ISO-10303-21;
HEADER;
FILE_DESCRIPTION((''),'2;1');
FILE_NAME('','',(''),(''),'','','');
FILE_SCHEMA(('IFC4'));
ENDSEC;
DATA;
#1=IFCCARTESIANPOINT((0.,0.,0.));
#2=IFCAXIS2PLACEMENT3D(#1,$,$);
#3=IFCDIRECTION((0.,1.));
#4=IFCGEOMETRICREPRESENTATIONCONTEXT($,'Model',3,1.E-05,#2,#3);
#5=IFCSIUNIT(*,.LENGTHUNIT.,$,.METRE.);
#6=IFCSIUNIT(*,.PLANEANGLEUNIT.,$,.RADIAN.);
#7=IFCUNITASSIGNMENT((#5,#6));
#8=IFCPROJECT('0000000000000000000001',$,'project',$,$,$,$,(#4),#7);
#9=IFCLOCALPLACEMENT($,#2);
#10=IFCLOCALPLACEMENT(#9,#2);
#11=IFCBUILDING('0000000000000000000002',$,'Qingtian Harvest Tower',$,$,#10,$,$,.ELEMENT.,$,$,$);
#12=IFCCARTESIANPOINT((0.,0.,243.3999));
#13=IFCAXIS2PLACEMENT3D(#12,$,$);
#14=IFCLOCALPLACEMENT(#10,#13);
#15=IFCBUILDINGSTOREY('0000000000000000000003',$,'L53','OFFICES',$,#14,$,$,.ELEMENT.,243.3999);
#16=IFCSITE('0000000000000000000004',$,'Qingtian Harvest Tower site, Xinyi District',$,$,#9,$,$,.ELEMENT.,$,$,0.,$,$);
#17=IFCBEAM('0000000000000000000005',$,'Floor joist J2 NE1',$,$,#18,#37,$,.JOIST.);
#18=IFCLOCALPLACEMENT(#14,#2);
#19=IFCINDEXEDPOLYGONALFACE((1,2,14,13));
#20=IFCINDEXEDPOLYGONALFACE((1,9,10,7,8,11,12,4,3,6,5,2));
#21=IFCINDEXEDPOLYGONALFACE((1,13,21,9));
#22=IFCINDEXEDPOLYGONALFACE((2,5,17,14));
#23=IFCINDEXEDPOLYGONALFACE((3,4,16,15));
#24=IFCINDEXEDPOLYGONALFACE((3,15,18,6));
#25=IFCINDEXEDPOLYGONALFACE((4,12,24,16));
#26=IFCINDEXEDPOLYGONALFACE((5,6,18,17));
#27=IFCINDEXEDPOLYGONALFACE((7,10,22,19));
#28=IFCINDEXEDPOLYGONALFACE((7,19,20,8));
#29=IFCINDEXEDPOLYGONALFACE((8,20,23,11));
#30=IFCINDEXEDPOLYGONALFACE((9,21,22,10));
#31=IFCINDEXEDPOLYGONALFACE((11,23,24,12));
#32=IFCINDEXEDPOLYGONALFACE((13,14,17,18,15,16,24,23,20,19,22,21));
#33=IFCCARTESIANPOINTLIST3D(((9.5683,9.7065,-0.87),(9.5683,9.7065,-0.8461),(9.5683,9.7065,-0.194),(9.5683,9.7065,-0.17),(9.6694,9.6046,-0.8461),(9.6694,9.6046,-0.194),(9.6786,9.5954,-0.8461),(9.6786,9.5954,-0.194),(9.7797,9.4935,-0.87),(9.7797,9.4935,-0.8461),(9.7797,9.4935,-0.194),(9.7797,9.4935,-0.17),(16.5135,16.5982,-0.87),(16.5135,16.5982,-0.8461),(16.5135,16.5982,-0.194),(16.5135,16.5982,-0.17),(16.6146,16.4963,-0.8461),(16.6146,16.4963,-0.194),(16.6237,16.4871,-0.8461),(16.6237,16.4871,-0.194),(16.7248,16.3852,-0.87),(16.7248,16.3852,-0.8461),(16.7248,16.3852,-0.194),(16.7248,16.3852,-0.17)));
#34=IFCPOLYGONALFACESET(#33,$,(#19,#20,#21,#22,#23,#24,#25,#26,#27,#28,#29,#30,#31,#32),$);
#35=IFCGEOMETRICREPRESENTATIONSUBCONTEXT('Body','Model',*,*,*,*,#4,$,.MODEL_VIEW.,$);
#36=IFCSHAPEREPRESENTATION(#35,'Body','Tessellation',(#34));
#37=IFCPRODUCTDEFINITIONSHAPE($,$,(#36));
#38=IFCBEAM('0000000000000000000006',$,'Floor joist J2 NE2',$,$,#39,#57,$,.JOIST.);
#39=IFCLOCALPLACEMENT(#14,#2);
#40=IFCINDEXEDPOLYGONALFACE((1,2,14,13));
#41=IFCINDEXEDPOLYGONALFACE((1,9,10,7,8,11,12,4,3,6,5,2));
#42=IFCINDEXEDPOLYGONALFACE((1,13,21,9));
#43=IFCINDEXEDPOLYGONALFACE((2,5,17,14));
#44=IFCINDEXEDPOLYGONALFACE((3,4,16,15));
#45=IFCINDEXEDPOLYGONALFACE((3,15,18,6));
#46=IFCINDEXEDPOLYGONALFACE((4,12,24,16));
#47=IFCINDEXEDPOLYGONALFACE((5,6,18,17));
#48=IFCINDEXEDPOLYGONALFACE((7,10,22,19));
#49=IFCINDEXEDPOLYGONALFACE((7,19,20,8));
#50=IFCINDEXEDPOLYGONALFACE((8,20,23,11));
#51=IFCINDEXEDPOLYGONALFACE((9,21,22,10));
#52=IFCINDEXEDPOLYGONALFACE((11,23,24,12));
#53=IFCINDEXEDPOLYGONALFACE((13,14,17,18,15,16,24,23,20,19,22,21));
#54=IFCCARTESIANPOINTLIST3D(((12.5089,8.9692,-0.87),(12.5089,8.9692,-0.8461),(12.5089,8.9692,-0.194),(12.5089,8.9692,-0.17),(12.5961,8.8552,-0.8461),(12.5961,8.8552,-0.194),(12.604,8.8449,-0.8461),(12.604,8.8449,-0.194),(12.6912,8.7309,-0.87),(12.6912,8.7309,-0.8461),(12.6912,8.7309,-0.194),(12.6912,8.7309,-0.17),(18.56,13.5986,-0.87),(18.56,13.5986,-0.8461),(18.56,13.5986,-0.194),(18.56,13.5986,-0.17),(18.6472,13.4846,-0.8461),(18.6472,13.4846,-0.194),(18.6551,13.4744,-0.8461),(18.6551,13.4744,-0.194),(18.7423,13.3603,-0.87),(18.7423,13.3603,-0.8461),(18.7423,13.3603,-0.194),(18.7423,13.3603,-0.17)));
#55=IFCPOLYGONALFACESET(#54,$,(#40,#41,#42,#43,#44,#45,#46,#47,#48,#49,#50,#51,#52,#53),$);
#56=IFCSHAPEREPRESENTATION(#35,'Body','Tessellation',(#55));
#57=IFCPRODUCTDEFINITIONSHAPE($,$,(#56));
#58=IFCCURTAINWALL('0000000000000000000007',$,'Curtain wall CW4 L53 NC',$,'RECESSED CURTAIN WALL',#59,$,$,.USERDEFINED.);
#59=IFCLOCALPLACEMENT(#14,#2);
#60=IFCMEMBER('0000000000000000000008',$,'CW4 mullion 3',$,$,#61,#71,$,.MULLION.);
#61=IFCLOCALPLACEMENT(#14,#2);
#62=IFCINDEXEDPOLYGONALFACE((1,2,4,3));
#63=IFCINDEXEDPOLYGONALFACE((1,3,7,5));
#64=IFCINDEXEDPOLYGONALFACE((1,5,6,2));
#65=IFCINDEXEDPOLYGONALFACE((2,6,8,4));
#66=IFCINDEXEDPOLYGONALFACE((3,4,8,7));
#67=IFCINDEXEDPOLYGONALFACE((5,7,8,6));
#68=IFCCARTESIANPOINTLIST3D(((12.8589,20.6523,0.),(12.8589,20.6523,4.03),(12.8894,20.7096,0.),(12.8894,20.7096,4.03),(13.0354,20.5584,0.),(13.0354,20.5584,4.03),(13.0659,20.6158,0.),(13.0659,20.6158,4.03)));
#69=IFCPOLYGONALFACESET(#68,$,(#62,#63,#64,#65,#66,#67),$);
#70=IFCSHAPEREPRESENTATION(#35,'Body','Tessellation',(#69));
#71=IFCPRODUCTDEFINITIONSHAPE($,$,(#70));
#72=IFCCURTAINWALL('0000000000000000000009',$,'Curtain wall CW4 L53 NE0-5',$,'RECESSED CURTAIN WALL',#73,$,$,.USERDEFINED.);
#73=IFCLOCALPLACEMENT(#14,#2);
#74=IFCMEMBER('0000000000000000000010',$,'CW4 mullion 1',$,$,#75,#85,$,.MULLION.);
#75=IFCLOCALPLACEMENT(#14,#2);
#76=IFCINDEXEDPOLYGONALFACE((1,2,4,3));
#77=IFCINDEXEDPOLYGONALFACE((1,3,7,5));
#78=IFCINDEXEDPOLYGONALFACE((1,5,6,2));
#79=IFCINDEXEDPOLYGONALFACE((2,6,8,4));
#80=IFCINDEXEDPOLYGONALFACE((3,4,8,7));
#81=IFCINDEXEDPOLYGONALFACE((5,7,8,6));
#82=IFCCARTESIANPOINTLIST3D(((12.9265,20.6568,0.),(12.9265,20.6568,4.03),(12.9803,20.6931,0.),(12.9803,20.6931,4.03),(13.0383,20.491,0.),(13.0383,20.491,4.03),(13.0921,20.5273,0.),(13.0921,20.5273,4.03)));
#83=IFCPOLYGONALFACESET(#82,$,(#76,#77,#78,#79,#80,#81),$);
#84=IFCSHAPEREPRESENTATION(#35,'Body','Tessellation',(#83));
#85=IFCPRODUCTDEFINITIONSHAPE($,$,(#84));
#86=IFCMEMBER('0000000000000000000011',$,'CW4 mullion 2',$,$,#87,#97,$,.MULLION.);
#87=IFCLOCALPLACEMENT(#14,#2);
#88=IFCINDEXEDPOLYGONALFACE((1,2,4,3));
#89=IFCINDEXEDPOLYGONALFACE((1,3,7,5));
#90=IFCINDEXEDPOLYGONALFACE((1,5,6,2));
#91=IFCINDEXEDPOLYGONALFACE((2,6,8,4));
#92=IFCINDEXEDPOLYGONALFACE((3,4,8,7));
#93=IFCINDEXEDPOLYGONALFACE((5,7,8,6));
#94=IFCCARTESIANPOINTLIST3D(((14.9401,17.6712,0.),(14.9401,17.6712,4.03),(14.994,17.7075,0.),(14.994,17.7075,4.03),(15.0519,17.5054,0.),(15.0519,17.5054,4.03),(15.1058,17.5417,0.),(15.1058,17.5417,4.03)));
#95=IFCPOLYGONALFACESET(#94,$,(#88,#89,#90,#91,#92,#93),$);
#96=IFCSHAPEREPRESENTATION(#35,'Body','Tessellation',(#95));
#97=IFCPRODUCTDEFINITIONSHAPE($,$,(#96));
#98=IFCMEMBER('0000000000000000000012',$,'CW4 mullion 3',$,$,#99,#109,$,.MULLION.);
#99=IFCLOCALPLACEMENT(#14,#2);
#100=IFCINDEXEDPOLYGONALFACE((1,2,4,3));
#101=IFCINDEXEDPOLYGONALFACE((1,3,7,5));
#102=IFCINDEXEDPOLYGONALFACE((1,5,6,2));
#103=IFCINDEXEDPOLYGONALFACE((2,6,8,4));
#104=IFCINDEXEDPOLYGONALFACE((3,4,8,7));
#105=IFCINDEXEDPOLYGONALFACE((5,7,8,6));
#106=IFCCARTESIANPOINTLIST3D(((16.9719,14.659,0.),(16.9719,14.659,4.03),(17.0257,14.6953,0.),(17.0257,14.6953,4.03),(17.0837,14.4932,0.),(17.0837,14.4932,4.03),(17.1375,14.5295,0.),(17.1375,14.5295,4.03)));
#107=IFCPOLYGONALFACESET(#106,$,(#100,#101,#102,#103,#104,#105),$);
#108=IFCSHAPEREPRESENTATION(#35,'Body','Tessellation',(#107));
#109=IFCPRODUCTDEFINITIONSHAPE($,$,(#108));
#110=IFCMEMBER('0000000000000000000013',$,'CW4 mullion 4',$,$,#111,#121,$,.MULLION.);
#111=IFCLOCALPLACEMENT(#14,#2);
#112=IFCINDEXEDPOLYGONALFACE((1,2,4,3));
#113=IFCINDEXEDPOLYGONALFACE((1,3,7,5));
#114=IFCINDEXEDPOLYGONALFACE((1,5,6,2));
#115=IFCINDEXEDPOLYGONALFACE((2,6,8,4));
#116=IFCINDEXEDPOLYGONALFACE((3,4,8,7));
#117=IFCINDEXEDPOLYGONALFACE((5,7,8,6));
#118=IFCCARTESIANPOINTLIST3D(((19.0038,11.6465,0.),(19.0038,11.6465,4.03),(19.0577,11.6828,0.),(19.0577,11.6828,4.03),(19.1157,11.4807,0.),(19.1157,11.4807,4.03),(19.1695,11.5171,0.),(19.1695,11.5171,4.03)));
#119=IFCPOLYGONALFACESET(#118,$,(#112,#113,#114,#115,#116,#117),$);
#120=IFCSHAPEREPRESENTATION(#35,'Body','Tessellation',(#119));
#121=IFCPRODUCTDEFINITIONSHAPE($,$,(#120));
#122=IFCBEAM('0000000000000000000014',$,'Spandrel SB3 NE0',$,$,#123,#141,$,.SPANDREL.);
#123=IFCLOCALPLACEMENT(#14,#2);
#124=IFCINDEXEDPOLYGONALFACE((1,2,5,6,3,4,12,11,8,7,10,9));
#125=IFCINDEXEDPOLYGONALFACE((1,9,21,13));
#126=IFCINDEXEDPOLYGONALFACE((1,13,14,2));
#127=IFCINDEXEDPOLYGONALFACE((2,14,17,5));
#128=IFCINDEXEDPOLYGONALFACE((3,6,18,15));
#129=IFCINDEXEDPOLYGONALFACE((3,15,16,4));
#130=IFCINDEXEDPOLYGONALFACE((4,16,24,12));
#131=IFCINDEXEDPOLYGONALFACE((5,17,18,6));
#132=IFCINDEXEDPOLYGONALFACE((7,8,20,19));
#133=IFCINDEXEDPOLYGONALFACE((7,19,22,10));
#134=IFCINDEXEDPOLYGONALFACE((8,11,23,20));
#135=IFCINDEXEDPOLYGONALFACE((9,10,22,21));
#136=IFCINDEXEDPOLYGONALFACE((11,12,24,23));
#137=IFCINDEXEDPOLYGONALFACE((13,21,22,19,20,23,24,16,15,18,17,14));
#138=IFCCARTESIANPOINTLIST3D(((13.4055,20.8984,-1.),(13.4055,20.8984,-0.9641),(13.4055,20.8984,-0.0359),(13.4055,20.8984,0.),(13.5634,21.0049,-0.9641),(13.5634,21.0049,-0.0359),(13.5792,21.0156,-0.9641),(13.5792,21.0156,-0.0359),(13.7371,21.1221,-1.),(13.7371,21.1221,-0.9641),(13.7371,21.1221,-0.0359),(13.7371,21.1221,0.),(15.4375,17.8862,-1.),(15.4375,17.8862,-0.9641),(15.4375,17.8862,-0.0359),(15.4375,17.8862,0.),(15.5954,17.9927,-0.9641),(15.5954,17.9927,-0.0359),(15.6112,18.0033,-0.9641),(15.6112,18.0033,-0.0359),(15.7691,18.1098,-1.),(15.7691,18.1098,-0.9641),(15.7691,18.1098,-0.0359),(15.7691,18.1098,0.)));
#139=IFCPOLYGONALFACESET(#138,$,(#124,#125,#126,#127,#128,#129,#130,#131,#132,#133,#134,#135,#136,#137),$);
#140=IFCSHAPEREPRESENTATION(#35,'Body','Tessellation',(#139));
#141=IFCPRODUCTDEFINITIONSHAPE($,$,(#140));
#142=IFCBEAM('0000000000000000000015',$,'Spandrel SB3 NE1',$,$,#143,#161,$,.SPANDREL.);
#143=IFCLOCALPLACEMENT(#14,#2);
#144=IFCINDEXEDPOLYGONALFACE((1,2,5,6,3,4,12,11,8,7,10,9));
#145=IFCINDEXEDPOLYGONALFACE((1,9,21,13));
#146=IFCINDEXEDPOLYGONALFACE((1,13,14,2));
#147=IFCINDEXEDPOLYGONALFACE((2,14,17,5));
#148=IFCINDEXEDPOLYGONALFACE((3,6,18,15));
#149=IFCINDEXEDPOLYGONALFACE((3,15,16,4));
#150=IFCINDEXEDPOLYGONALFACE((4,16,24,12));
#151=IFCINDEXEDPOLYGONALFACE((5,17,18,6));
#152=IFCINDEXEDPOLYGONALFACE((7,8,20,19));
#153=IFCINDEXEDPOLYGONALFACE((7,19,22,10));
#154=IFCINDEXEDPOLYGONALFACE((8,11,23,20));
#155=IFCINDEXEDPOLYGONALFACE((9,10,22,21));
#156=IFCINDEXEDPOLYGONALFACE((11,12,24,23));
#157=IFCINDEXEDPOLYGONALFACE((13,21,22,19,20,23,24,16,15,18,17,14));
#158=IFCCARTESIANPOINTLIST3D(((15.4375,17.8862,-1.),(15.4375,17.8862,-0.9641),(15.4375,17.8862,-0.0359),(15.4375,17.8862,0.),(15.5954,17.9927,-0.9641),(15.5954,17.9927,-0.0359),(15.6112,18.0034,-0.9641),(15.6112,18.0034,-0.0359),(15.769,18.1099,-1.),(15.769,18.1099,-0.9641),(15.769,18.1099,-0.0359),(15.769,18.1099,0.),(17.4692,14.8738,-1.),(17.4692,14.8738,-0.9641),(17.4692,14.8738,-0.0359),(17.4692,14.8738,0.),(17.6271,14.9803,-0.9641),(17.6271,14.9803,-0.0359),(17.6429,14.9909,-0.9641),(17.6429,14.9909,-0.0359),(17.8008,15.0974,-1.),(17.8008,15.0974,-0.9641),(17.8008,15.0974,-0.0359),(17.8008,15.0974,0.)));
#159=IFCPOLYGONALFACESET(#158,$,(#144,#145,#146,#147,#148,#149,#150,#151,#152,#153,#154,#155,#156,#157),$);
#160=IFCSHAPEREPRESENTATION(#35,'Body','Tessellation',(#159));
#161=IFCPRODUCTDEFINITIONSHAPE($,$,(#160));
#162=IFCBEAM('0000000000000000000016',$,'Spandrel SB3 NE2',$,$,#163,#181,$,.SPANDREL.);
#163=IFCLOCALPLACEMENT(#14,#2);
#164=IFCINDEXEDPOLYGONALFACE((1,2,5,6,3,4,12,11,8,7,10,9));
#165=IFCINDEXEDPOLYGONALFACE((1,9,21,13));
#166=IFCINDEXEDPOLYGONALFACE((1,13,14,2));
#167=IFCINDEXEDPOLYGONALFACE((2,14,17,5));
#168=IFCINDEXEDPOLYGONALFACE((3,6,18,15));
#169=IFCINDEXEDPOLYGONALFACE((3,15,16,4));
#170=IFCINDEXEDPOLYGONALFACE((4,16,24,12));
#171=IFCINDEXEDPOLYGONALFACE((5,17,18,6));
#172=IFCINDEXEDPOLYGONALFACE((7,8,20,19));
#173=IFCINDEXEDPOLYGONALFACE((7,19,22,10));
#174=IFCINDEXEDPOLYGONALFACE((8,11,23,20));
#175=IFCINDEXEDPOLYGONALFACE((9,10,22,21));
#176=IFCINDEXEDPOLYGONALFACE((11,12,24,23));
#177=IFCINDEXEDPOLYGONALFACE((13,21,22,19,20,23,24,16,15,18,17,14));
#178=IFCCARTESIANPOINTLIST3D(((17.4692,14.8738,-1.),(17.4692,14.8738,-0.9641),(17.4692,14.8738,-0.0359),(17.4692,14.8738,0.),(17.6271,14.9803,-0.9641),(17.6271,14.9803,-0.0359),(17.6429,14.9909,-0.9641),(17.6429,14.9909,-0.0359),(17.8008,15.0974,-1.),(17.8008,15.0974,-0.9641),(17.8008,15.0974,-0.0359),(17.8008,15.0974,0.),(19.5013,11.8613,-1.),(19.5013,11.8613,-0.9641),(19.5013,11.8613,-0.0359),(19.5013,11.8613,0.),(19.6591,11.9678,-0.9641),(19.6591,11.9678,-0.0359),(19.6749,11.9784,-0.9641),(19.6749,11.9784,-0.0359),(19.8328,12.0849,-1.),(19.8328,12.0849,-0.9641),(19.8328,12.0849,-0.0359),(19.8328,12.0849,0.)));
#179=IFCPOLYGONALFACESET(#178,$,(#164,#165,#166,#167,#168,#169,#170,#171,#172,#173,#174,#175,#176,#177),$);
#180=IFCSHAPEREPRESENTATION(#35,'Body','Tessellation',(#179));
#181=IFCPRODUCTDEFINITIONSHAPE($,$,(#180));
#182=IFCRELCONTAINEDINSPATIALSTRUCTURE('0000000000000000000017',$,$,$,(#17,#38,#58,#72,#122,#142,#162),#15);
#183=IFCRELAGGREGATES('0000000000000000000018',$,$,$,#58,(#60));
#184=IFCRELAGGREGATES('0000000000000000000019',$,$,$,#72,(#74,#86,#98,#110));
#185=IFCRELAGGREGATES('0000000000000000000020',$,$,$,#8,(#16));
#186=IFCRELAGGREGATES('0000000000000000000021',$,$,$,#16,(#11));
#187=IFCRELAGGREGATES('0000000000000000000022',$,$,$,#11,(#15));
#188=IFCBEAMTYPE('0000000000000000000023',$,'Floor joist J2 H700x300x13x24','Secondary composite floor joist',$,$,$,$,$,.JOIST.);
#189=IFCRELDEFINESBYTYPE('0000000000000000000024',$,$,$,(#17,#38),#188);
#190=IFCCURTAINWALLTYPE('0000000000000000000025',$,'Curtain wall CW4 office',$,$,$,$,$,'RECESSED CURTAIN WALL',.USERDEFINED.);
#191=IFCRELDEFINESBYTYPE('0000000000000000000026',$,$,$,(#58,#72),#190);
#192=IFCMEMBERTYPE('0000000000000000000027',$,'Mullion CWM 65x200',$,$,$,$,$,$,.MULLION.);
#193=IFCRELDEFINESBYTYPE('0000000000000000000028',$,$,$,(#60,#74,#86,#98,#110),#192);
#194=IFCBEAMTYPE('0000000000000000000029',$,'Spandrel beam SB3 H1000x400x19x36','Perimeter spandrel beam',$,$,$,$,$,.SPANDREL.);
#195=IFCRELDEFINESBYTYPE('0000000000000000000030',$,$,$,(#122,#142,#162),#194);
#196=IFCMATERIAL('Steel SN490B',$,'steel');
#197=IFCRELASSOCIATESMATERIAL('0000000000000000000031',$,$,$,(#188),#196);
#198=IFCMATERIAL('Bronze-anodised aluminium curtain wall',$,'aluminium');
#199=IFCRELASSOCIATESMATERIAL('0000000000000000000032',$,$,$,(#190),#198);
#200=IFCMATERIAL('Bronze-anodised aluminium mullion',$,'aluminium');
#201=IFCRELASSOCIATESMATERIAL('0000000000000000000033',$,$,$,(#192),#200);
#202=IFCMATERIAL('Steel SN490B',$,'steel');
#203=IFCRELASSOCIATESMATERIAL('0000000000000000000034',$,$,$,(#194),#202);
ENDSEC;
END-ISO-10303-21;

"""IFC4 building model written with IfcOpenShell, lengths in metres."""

from ifc_helpers import new_model, si_unit, direction, frame, origin, origin_2d, place, context, subcontext, project, spatial, rectangle, i_section, extrude, material, material_profile, profile_set, type_object, element, aggregate, save


model = new_model("IFC4")

# Units and contexts
model_context = context("Model", 3, precision=1e-05, world=origin(), true_north=direction((0.0, 1.0)))
body_context = subcontext(model_context, "Body", "Model", "MODEL_VIEW")
ifc_project = project(units=[si_unit("LENGTHUNIT", "METRE"), si_unit("PLANEANGLEUNIT", "RADIAN")], contexts=[model_context])

# Site, building, storey
site_placement = place(None, origin())
site = spatial("IfcSite", under=ifc_project, at=site_placement, Name="Qingtian Harvest Tower site, Xinyi District", CompositionType="ELEMENT", RefElevation=0.0)
building_placement = place(site_placement, origin())
building = spatial("IfcBuilding", under=site, at=building_placement, Name="Qingtian Harvest Tower", CompositionType="ELEMENT")
storey_placement = place(building_placement, frame((0.0, 0.0, 243.3999)))
storey = spatial("IfcBuildingStorey", under=building, at=storey_placement, Name="L53", Description="OFFICES", CompositionType="ELEMENT", Elevation=243.3999)

# Beams
ifc_material_1 = material(Name="Steel SN490B", Category="steel")
ifc_material_profile_1 = material_profile(ifc_material_1, i_section(OverallWidth=0.3, OverallDepth=0.7, WebThickness=0.0129, FlangeThickness=0.0239, at=origin_2d()), Name="H700x300x13x24")
ifc_profile_set_1 = profile_set([ifc_material_profile_1], Name="Steel SN490B")
beam_type_1 = type_object("IfcBeamType", Name="Floor joist J2 H700x300x13x24", Description="Secondary composite floor joist", PredefinedType="JOIST", material=ifc_profile_set_1)
beam_1_placement = place(storey_placement, frame((16.6191, 16.4917, -0.52), z_axis=(-0.709834, -0.704369, 0.0), x_axis=(0.704369, -0.709834, 0.0)))
element("IfcBeam", 1, at=beam_1_placement, inside=storey, type_object=beam_type_1, Name="Floor joist J2 NE1", PredefinedType="JOIST", context=body_context, shape_type="SweptSolid", body=[
    extrude(i_section(OverallWidth=0.3, OverallDepth=0.7, WebThickness=0.0129, FlangeThickness=0.0239, at=origin_2d()), origin(), (0.0, 0.0, 1.0), 9.7842),
])
beam_2_placement = place(storey_placement, frame((18.6511, 13.4795, -0.52), z_axis=(-0.794222, -0.607627, 0.0), x_axis=(0.607627, -0.794222, 0.0)))
element("IfcBeam", 2, at=beam_2_placement, inside=storey, type_object=beam_type_1, Name="Floor joist J2 NE2", PredefinedType="JOIST", context=body_context, shape_type="SweptSolid", body=[
    extrude(i_section(OverallWidth=0.3, OverallDepth=0.7, WebThickness=0.0129, FlangeThickness=0.0239, at=origin_2d()), origin(), (0.0, 0.0, 1.0), 7.6189),
])

# Curtain wall, member
ifc_material_2 = material(Name="Bronze-anodised aluminium curtain wall", Category="aluminium")
curtain_wall_type = type_object("IfcCurtainWallType", Name="Curtain wall CW4 office", ElementType="RECESSED CURTAIN WALL", PredefinedType="USERDEFINED", material=ifc_material_2)
curtain_wall_1_placement = place(storey_placement, origin())
curtain_wall_1 = element("IfcCurtainWall", 3, at=curtain_wall_1_placement, inside=storey, type_object=curtain_wall_type, Name="Curtain wall CW4 L53 NC", ObjectType="RECESSED CURTAIN WALL", PredefinedType="USERDEFINED")
ifc_material_3 = material(Name="Bronze-anodised aluminium mullion", Category="aluminium")
ifc_material_profile_2 = material_profile(ifc_material_3, rectangle(XDim=0.0649, YDim=0.2, at=origin_2d()), Name="AL 65x200")
ifc_profile_set_2 = profile_set([ifc_material_profile_2], Name="Bronze-anodised aluminium mullion")
member_type_1 = type_object("IfcMemberType", Name="Mullion CWM 65x200", PredefinedType="MULLION", material=ifc_profile_set_2)
member_1_placement = place(storey_placement, frame((12.9624, 20.634, 0.0), z_axis=(0.0, 0.0, 1.0), x_axis=(0.469472, 0.882948, 0.0)))
member_1 = element("IfcMember", 4, at=member_1_placement, type_object=member_type_1, Name="CW4 mullion 3", PredefinedType="MULLION", context=body_context, shape_type="SweptSolid", body=[
    extrude(rectangle(XDim=0.0649, YDim=0.2, at=origin_2d()), origin(), (0.0, 0.0, 1.0), 4.03),
])

# Curtain wall, members
curtain_wall_2_placement = place(storey_placement, origin())
curtain_wall_2 = element("IfcCurtainWall", 5, at=curtain_wall_2_placement, inside=storey, type_object=curtain_wall_type, Name="Curtain wall CW4 L53 NE0-5", ObjectType="RECESSED CURTAIN WALL", PredefinedType="USERDEFINED")
member_2_placement = place(storey_placement, frame((13.0093, 20.592, 0.0), z_axis=(0.0, 0.0, 1.0), x_axis=(0.829038, 0.559193, 0.0)))
member_2 = element("IfcMember", 6, at=member_2_placement, type_object=member_type_1, Name="CW4 mullion 1", PredefinedType="MULLION", context=body_context, shape_type="SweptSolid", body=[
    extrude(rectangle(XDim=0.0649, YDim=0.2, at=origin_2d()), origin(), (0.0, 0.0, 1.0), 4.03),
])
member_3_placement = place(storey_placement, frame((15.0229, 17.6064, 0.0), z_axis=(0.0, 0.0, 1.0), x_axis=(0.829038, 0.559193, 0.0)))
member_3 = element("IfcMember", 7, at=member_3_placement, type_object=member_type_1, Name="CW4 mullion 2", PredefinedType="MULLION", context=body_context, shape_type="SweptSolid", body=[
    extrude(rectangle(XDim=0.0649, YDim=0.2, at=origin_2d()), origin(), (0.0, 0.0, 1.0), 4.03),
])
member_4_placement = place(storey_placement, frame((17.0547, 14.5942, 0.0), z_axis=(0.0, 0.0, 1.0), x_axis=(0.829038, 0.559193, 0.0)))
member_4 = element("IfcMember", 8, at=member_4_placement, type_object=member_type_1, Name="CW4 mullion 3", PredefinedType="MULLION", context=body_context, shape_type="SweptSolid", body=[
    extrude(rectangle(XDim=0.0649, YDim=0.2, at=origin_2d()), origin(), (0.0, 0.0, 1.0), 4.03),
])
member_5_placement = place(storey_placement, frame((19.0867, 11.5818, 0.0), z_axis=(0.0, 0.0, 1.0), x_axis=(0.829038, 0.559193, 0.0)))
member_5 = element("IfcMember", 9, at=member_5_placement, type_object=member_type_1, Name="CW4 mullion 4", PredefinedType="MULLION", context=body_context, shape_type="SweptSolid", body=[
    extrude(rectangle(XDim=0.0649, YDim=0.2, at=origin_2d()), origin(), (0.0, 0.0, 1.0), 4.03),
])

# Beams
ifc_material_4 = material(Name="Steel SN490B", Category="steel")
ifc_material_profile_3 = material_profile(ifc_material_4, i_section(OverallWidth=0.3999, OverallDepth=1.0, WebThickness=0.019, FlangeThickness=0.0359, at=origin_2d()), Name="H1000x400x19x36")
ifc_profile_set_3 = profile_set([ifc_material_profile_3], Name="Steel SN490B")
beam_type_2 = type_object("IfcBeamType", Name="Spandrel beam SB3 H1000x400x19x36", Description="Perimeter spandrel beam", PredefinedType="SPANDREL", material=ifc_profile_set_3)
for number, where, z_axis, x_axis, name in (
    (10, (13.5713, 21.0103, -0.5), (0.559235, -0.829009, 0.0), (0.829009, 0.559235, 0.0), "Spandrel SB3 NE0"),
    (11, (15.6033, 17.998, -0.5), (0.559158, -0.829061, 0.0), (0.829061, 0.559158, 0.0), "Spandrel SB3 NE1"),
):
    element("IfcBeam", number, at=place(storey_placement, frame(where, z_axis=z_axis, x_axis=x_axis)), inside=storey, type_object=beam_type_2, Name=name, PredefinedType="SPANDREL", context=body_context, shape_type="SweptSolid", body=[
        extrude(i_section(OverallWidth=0.3999, OverallDepth=1.0, WebThickness=0.019, FlangeThickness=0.0359, at=origin_2d()), origin(), (0.0, 0.0, 1.0), 3.6335),
    ])
beam_3_placement = place(storey_placement, frame((17.635, 14.9856, -0.5), z_axis=(0.559204, -0.82903, 0.0), x_axis=(0.82903, 0.559204, 0.0)))
element("IfcBeam", 12, at=beam_3_placement, inside=storey, type_object=beam_type_2, Name="Spandrel SB3 NE2", PredefinedType="SPANDREL", context=body_context, shape_type="SweptSolid", body=[
    extrude(i_section(OverallWidth=0.3999, OverallDepth=1.0, WebThickness=0.019, FlangeThickness=0.0359, at=origin_2d()), origin(), (0.0, 0.0, 1.0), 3.6338),
])

aggregate(curtain_wall_1, [member_1])
aggregate(curtain_wall_2, [member_2, member_3, member_4, member_5])

save(model, "model.ifc")
